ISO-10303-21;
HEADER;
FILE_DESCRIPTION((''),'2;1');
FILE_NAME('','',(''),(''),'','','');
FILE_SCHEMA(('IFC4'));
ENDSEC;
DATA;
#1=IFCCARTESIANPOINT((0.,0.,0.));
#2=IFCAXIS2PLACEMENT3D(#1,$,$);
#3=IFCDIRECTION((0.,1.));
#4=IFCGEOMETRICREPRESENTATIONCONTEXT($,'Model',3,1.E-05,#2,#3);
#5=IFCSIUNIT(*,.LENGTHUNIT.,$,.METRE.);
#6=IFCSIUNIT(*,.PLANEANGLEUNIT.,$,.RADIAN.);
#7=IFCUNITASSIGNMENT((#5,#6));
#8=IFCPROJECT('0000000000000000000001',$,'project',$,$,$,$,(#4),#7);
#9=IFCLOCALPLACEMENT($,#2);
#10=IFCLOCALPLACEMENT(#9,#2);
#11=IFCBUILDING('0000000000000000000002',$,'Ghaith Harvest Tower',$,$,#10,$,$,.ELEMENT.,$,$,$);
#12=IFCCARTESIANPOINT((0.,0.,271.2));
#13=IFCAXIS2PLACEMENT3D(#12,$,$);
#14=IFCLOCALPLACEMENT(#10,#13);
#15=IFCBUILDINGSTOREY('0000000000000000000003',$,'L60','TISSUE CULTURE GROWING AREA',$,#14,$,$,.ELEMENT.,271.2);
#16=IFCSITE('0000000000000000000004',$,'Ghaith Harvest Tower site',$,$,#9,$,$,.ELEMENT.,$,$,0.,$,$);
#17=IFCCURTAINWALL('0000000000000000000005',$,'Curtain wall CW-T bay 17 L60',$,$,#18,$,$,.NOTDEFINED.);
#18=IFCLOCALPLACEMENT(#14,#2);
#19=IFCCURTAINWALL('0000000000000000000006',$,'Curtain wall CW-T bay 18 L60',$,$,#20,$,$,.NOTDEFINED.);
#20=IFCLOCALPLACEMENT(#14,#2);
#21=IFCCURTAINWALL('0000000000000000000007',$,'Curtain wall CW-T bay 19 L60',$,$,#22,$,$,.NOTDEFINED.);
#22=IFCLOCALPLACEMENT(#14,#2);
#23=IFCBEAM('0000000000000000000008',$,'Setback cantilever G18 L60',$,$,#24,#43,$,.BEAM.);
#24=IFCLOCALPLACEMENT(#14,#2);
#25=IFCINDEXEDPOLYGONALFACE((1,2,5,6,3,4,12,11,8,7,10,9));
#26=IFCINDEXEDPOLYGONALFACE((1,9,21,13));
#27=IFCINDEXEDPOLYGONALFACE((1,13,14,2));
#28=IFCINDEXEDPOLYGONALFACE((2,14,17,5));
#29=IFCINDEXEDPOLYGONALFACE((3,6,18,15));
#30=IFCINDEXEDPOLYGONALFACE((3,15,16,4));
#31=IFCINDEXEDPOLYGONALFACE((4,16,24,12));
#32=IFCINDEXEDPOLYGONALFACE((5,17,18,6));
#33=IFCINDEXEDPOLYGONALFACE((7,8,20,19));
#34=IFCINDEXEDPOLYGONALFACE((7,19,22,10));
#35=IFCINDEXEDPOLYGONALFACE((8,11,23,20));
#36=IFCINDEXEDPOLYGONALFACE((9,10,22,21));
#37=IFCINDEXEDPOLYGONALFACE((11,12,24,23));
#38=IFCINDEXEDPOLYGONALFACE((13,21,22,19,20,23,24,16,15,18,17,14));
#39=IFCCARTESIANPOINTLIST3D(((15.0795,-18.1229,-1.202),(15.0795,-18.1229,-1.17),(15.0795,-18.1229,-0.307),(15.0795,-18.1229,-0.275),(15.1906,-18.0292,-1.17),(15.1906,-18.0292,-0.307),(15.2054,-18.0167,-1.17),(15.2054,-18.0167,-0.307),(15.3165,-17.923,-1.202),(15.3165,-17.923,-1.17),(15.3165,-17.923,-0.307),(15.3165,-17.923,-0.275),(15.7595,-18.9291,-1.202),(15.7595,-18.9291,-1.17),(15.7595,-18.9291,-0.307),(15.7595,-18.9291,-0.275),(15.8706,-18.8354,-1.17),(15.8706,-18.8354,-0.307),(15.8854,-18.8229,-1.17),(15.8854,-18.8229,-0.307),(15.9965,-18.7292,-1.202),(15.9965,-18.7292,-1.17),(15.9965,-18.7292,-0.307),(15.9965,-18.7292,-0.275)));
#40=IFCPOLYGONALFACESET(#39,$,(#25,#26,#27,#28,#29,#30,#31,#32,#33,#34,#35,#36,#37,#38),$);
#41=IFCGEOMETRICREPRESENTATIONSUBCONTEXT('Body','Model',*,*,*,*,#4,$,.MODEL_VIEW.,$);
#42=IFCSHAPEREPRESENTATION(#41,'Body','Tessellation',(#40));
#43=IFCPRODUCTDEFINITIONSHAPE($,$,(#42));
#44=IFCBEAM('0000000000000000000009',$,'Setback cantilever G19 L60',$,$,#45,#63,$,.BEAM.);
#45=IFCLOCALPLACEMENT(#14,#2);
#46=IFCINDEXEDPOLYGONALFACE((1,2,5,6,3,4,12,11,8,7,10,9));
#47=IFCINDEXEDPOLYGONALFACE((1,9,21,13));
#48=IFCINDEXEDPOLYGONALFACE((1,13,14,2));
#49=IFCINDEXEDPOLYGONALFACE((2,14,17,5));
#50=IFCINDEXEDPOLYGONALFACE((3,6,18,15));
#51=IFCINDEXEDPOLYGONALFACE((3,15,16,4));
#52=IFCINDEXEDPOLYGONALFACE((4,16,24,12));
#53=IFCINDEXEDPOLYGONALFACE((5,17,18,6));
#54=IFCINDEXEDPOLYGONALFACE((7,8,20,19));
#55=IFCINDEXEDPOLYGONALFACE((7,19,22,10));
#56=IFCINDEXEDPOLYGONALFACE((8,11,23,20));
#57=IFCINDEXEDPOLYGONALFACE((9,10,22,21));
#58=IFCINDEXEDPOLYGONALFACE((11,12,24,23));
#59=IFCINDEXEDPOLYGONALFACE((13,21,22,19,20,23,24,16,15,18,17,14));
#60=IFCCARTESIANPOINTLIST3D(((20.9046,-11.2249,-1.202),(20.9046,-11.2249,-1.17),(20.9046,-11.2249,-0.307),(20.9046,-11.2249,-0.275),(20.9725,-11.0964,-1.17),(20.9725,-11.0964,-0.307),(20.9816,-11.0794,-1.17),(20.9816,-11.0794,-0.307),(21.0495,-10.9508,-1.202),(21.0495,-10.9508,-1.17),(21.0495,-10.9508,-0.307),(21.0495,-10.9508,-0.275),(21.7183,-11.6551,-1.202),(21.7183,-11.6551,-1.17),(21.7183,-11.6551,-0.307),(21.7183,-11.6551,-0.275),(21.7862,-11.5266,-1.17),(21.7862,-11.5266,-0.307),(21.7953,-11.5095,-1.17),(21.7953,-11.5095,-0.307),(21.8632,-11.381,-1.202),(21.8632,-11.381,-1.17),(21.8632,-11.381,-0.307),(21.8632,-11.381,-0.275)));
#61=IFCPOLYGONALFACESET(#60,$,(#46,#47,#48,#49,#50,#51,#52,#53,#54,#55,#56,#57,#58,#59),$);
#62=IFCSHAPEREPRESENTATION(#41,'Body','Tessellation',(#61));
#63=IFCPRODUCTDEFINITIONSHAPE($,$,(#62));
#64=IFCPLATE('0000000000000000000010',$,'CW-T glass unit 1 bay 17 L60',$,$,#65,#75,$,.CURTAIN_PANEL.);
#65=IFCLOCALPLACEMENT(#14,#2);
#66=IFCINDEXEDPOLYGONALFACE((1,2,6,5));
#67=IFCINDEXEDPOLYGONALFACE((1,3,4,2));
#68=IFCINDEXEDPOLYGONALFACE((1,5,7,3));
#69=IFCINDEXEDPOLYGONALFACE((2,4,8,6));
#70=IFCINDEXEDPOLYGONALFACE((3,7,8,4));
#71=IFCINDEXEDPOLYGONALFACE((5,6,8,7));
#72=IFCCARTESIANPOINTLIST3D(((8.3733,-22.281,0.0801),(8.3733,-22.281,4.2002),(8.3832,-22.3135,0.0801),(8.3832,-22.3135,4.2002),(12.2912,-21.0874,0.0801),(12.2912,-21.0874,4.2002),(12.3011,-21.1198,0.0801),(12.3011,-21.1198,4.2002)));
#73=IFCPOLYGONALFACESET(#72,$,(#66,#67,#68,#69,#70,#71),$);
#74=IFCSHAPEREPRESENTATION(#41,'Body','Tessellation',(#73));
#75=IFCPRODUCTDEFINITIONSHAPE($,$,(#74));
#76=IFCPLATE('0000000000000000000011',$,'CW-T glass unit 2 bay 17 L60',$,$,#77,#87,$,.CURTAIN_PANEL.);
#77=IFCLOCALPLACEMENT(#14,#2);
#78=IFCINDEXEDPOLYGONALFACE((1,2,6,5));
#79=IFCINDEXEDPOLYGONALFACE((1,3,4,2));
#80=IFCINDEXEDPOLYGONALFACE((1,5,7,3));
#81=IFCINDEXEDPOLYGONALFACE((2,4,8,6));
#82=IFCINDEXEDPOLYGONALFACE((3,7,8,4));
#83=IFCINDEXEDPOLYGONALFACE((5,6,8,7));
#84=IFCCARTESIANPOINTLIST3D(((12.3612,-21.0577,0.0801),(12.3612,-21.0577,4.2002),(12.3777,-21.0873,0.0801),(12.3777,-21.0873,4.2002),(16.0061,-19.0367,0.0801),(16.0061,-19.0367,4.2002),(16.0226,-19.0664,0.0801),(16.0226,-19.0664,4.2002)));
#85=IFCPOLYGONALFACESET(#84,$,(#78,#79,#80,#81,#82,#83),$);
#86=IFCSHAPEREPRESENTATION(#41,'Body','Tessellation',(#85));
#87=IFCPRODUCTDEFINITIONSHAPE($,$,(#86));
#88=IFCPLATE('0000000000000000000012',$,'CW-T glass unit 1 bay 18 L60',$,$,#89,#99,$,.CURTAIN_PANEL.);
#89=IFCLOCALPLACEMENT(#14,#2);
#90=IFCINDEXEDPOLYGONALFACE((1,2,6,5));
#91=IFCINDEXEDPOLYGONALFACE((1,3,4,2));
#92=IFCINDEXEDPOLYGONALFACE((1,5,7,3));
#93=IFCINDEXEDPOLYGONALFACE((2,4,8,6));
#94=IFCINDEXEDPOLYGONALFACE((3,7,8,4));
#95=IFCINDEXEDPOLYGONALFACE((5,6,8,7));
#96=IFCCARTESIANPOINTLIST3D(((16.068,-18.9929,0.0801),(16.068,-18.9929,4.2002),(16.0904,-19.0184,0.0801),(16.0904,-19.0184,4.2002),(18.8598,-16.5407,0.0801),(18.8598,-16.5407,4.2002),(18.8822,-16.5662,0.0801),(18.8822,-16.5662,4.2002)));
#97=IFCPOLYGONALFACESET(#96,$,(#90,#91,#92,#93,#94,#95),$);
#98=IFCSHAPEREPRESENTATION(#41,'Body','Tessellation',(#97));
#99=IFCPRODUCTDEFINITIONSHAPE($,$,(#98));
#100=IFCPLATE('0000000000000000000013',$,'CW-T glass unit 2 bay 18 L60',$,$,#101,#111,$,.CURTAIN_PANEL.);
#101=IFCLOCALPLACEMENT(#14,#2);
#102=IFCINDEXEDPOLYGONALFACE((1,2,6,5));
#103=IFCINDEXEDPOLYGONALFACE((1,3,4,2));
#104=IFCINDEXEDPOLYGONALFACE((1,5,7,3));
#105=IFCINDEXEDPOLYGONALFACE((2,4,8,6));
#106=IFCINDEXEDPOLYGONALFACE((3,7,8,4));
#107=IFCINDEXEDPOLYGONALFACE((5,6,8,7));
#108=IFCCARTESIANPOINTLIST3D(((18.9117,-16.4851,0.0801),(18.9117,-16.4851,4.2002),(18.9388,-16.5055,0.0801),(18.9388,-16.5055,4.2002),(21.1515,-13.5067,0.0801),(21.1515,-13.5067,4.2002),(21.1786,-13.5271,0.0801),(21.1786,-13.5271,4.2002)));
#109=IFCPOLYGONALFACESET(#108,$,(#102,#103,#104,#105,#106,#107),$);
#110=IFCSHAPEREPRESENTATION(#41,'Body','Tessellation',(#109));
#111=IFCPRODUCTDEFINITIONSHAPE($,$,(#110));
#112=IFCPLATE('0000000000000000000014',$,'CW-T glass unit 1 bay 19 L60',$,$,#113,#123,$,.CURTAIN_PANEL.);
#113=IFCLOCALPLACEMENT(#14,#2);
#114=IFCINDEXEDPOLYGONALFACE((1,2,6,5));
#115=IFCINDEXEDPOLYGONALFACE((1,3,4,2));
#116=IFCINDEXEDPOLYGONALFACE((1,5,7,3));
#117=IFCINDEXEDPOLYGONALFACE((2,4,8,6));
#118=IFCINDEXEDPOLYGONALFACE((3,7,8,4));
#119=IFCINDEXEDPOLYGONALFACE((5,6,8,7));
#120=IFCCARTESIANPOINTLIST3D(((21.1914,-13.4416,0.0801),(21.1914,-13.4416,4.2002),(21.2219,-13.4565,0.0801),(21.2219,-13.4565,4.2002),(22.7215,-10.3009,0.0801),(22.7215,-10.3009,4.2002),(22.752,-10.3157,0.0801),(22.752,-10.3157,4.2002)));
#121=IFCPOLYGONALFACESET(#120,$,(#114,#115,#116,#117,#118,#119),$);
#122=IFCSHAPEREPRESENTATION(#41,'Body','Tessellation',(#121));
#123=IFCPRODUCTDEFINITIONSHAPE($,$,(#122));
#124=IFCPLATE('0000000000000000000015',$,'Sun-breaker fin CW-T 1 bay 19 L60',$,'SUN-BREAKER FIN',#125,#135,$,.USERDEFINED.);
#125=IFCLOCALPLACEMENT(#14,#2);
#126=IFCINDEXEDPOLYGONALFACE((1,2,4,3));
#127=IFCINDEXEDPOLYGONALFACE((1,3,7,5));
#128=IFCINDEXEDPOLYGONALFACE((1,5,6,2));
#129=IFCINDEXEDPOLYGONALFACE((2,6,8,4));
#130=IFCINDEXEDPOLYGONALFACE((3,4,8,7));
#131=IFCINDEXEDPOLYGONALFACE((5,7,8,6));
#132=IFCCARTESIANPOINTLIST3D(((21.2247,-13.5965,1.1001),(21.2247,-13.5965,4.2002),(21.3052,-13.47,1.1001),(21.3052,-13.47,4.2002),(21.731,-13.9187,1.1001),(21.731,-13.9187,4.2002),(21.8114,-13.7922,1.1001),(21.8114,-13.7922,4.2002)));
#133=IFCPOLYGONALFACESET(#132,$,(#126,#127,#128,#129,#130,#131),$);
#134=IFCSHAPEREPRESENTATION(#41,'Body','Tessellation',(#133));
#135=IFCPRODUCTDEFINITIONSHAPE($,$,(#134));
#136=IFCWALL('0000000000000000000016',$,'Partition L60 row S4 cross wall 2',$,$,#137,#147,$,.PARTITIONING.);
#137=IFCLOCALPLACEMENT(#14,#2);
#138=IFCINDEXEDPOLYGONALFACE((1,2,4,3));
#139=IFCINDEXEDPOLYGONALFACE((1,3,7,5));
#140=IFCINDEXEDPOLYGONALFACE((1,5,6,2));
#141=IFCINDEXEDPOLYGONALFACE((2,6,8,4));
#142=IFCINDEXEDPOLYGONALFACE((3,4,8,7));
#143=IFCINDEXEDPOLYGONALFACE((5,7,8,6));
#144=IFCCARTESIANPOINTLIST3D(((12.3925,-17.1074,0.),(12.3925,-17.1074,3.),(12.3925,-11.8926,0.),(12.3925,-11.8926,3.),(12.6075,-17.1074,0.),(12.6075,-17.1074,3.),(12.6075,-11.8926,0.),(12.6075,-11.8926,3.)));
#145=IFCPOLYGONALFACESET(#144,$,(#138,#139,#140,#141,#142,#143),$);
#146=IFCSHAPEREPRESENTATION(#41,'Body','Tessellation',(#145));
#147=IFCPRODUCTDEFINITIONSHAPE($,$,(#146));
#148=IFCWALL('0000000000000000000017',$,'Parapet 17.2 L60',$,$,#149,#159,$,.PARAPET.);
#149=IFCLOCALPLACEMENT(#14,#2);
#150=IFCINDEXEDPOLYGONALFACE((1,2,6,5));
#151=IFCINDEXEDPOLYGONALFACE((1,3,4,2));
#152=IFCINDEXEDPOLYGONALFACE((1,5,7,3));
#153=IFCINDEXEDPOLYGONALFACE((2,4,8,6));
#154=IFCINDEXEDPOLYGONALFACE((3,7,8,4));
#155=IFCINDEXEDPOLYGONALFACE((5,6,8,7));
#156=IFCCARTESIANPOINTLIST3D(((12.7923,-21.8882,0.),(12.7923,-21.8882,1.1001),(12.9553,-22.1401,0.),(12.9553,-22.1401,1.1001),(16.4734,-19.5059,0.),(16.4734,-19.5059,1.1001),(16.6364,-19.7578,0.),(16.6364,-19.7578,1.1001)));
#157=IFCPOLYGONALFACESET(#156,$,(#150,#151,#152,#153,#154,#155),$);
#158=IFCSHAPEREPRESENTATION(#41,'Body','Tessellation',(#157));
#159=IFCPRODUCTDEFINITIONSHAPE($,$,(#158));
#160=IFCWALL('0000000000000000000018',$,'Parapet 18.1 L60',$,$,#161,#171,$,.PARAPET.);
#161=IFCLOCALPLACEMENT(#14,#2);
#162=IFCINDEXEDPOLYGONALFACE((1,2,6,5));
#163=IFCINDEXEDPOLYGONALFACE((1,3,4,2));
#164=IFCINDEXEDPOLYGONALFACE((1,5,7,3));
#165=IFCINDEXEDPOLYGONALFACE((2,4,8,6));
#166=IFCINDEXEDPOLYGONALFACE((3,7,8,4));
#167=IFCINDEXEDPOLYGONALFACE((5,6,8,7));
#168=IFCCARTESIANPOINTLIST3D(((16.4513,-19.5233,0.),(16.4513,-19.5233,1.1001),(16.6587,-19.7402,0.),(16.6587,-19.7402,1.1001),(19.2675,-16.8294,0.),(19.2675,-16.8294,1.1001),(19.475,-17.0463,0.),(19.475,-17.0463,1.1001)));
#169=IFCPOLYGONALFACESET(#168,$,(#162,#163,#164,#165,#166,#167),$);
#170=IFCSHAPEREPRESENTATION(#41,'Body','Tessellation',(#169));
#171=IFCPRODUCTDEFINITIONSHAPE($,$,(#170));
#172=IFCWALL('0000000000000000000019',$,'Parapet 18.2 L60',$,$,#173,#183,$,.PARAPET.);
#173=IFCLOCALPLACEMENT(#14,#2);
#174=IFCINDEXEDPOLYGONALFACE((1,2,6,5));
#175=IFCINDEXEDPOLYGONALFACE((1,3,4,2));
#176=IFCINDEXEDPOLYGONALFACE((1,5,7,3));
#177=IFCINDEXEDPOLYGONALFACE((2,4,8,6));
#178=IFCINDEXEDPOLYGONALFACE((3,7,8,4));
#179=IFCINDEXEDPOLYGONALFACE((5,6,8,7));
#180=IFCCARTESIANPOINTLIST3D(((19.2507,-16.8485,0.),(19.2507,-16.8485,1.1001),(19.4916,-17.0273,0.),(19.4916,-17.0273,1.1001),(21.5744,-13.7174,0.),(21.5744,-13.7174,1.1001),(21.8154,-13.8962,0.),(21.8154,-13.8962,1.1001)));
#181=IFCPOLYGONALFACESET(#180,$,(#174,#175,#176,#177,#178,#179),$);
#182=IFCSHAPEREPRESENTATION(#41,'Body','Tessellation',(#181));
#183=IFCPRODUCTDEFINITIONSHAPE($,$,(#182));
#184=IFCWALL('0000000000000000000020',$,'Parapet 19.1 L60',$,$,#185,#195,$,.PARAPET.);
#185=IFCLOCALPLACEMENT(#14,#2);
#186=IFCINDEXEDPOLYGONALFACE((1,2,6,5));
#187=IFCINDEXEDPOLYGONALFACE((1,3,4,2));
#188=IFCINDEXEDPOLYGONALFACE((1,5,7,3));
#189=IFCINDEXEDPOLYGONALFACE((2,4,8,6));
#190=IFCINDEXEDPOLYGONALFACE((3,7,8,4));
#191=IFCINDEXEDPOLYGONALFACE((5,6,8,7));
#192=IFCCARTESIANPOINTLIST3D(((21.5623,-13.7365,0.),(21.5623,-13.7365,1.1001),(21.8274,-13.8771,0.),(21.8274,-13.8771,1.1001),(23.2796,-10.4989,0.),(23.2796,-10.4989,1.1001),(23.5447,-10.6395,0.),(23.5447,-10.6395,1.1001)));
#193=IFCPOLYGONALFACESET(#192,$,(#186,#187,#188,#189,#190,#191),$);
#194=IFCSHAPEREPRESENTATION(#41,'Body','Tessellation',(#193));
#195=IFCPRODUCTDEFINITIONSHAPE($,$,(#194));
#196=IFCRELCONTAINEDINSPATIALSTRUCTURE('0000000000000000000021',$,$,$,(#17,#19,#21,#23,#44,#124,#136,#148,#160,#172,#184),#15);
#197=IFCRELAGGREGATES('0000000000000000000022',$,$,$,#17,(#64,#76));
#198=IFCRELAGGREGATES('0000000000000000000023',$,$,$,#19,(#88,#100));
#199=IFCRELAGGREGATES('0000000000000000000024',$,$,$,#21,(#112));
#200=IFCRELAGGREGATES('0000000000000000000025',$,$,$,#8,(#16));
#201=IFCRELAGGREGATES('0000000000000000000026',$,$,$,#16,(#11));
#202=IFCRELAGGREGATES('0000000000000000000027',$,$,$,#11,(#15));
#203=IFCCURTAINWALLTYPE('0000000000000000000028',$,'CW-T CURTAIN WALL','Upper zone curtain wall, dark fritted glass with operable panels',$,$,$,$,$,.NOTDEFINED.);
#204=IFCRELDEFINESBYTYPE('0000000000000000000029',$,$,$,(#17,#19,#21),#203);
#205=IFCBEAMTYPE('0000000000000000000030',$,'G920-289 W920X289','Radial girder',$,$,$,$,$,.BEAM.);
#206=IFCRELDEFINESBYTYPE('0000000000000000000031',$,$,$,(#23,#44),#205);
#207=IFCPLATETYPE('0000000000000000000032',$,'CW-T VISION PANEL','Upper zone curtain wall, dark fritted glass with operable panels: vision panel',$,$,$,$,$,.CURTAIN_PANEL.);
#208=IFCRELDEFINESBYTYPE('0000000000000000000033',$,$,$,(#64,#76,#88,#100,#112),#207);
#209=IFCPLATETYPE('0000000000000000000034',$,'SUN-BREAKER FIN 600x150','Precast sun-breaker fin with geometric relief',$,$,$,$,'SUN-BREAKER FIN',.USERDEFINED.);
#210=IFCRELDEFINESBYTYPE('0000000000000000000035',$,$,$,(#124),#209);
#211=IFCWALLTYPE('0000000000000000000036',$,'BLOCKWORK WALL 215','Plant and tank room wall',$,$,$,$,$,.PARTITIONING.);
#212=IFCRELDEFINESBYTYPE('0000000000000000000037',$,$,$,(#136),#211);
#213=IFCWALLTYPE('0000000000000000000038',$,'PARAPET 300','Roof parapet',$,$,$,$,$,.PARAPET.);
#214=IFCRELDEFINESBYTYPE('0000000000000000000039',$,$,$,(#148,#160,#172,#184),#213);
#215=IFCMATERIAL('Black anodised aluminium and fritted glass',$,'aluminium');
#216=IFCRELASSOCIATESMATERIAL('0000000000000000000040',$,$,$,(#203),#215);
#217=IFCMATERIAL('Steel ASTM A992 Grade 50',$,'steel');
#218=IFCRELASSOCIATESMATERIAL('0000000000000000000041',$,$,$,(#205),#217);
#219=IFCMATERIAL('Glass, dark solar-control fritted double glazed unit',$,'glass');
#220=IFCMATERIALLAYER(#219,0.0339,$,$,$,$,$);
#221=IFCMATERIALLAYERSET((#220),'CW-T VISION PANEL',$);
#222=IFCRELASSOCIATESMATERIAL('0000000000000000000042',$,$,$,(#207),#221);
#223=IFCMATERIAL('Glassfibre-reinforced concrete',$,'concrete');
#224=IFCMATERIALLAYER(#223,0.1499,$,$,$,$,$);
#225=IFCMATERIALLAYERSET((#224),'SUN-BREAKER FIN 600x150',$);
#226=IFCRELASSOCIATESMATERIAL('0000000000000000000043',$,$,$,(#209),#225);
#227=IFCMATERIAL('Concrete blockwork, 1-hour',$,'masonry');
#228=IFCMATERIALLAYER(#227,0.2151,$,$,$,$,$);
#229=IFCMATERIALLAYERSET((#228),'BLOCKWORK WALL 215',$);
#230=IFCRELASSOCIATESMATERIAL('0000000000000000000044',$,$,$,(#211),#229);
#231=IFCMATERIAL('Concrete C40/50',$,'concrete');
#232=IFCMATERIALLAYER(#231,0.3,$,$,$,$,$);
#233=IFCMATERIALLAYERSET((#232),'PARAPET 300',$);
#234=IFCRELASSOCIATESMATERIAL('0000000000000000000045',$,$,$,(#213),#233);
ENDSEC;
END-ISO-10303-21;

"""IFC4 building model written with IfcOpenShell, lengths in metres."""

from ifc_helpers import new_model, si_unit, direction, frame, frame_2d, origin, origin_2d, place, context, subcontext, project, spatial, rectangle, i_section, extrude, material, layer, layer_set, material_profile, profile_set, type_object, element, aggregate, save


model = new_model("IFC4")

# Units and contexts
model_context = context("Model", 3, precision=1e-05, world=origin(), true_north=direction((0.0, 1.0)))
body_context = subcontext(model_context, "Body", "Model", "MODEL_VIEW")
ifc_project = project(units=[si_unit("LENGTHUNIT", "METRE"), si_unit("PLANEANGLEUNIT", "RADIAN")], contexts=[model_context])

# Site, building, storey
site_placement = place(None, origin())
site = spatial("IfcSite", under=ifc_project, at=site_placement, Name="Ghaith Harvest Tower site", CompositionType="ELEMENT", RefElevation=0.0)
building_placement = place(site_placement, origin())
building = spatial("IfcBuilding", under=site, at=building_placement, Name="Ghaith Harvest Tower", CompositionType="ELEMENT")
storey_placement = place(building_placement, frame((0.0, 0.0, 271.2)))
storey = spatial("IfcBuildingStorey", under=building, at=storey_placement, Name="L60", Description="TISSUE CULTURE GROWING AREA", CompositionType="ELEMENT", Elevation=271.2)

# Curtain wall
ifc_material_1 = material(Name="Black anodised aluminium and fritted glass", Category="aluminium")
curtain_wall_type = type_object("IfcCurtainWallType", Name="CW-T CURTAIN WALL", Description="Upper zone curtain wall, dark fritted glass with operable panels", PredefinedType="NOTDEFINED", material=ifc_material_1)
curtain_wall_1_placement = place(storey_placement, origin())
curtain_wall_1 = element("IfcCurtainWall", 1, at=curtain_wall_1_placement, inside=storey, type_object=curtain_wall_type, Name="Curtain wall CW-T bay 17 L60", PredefinedType="NOTDEFINED")

# Curtain wall
curtain_wall_2_placement = place(storey_placement, origin())
curtain_wall_2 = element("IfcCurtainWall", 2, at=curtain_wall_2_placement, inside=storey, type_object=curtain_wall_type, Name="Curtain wall CW-T bay 18 L60", PredefinedType="NOTDEFINED")

# Curtain wall
curtain_wall_3_placement = place(storey_placement, origin())
curtain_wall_3 = element("IfcCurtainWall", 3, at=curtain_wall_3_placement, inside=storey, type_object=curtain_wall_type, Name="Curtain wall CW-T bay 19 L60", PredefinedType="NOTDEFINED")

# Beams
ifc_material_2 = material(Name="Steel ASTM A992 Grade 50", Category="steel")
ifc_material_profile_1 = material_profile(ifc_material_2, i_section(OverallWidth=0.3101, OverallDepth=0.927, WebThickness=0.0193, FlangeThickness=0.032, at=origin_2d()), Name="W920X289")
ifc_profile_set_1 = profile_set([ifc_material_profile_1], Name="Steel ASTM A992 Grade 50")
beam_type_1 = type_object("IfcBeamType", Name="G920-289 W920X289", Description="Radial girder", PredefinedType="BEAM", material=ifc_profile_set_1)
beam_1_placement = place(storey_placement, frame((15.198, -18.0229, -0.7385), z_axis=(0.644727, -0.764413, 0.0), x_axis=(0.764413, 0.644727, 0.0)))
element("IfcBeam", 4, at=beam_1_placement, inside=storey, type_object=beam_type_1, Name="Setback cantilever G18 L60", PredefinedType="BEAM", context=body_context, shape_type="SweptSolid", body=[
    extrude(i_section(OverallWidth=0.3101, OverallDepth=0.927, WebThickness=0.0193, FlangeThickness=0.032, at=origin_2d()), origin(), (0.0, 0.0, 1.0), 1.0547),
])
beam_2_placement = place(storey_placement, frame((20.9771, -11.0879, -0.7385), z_axis=(0.884065, -0.467364, 0.0), x_axis=(0.467364, 0.884065, 0.0)))
element("IfcBeam", 5, at=beam_2_placement, inside=storey, type_object=beam_type_1, Name="Setback cantilever G19 L60", PredefinedType="BEAM", context=body_context, shape_type="SweptSolid", body=[
    extrude(i_section(OverallWidth=0.3101, OverallDepth=0.927, WebThickness=0.0193, FlangeThickness=0.032, at=origin_2d()), origin(), (0.0, 0.0, 1.0), 0.9204),
])

# Plates
ifc_material_3 = material(Name="Glass, dark solar-control fritted double glazed unit", Category="glass")
ifc_layer_1 = layer(ifc_material_3, 0.0339)
ifc_layer_set_1 = layer_set([ifc_layer_1], Name="CW-T VISION PANEL")
plate_type_1 = type_object("IfcPlateType", Name="CW-T VISION PANEL", Description="Upper zone curtain wall, dark fritted glass with operable panels: vision panel", PredefinedType="CURTAIN_PANEL", material=ifc_layer_set_1)
plate_1_placement = place(storey_placement, frame((10.3372, -21.7004, 0.0801), z_axis=(0.0, 0.0, 1.0), x_axis=(0.956588, 0.291445, 0.0)))
plate_1 = element("IfcPlate", 6, at=plate_1_placement, type_object=plate_type_1, Name="CW-T glass unit 1 bay 17 L60", PredefinedType="CURTAIN_PANEL", context=body_context, shape_type="SweptSolid", body=[
    extrude(rectangle(XDim=4.0957, YDim=0.0339, at=origin_2d()), origin(), (0.0, 0.0, 1.0), 4.1201),
])
plate_2_placement = place(storey_placement, frame((14.1919, -20.062, 0.0801), z_axis=(0.0, 0.0, 1.0), x_axis=(0.874564, 0.48491, 0.0)))
plate_2 = element("IfcPlate", 7, at=plate_2_placement, type_object=plate_type_1, Name="CW-T glass unit 2 bay 17 L60", PredefinedType="CURTAIN_PANEL", context=body_context, shape_type="SweptSolid", body=[
    extrude(rectangle(XDim=4.1677, YDim=0.0339, at=origin_2d()), origin(), (0.0, 0.0, 1.0), 4.1201),
])
aggregate(curtain_wall_1, [plate_1, plate_2])
plate_3_placement = place(storey_placement, frame((17.4751, -17.7795, 0.0801), z_axis=(0.0, 0.0, 1.0), x_axis=(0.751335, 0.659922, 0.0)))
plate_3 = element("IfcPlate", 8, at=plate_3_placement, type_object=plate_type_1, Name="CW-T glass unit 1 bay 18 L60", PredefinedType="CURTAIN_PANEL", context=body_context, shape_type="SweptSolid", body=[
    extrude(rectangle(XDim=3.7158, YDim=0.0339, at=origin_2d()), origin(), (0.0, 0.0, 1.0), 4.1201),
])
plate_4_placement = place(storey_placement, frame((20.0452, -15.0061, 0.0801), z_axis=(0.0, 0.0, 1.0), x_axis=(0.601048, 0.799213, 0.0)))
plate_4 = element("IfcPlate", 9, at=plate_4_placement, type_object=plate_type_1, Name="CW-T glass unit 2 bay 18 L60", PredefinedType="CURTAIN_PANEL", context=body_context, shape_type="SweptSolid", body=[
    extrude(rectangle(XDim=3.7266, YDim=0.0339, at=origin_2d()), origin(), (0.0, 0.0, 1.0), 4.1201),
])
aggregate(curtain_wall_2, [plate_3, plate_4])
plate_5_placement = place(storey_placement, frame((21.9717, -11.8787, 0.0801), z_axis=(0.0, 0.0, 1.0), x_axis=(0.437968, 0.89899, 0.0)))
plate_5 = element("IfcPlate", 10, at=plate_5_placement, type_object=plate_type_1, Name="CW-T glass unit 1 bay 19 L60", PredefinedType="CURTAIN_PANEL", context=body_context, shape_type="SweptSolid", body=[
    extrude(rectangle(XDim=3.4937, YDim=0.0339, at=origin_2d()), origin(), (0.0, 0.0, 1.0), 4.1201),
])
aggregate(curtain_wall_3, [plate_5])
ifc_material_4 = material(Name="Glassfibre-reinforced concrete", Category="concrete")
ifc_layer_2 = layer(ifc_material_4, 0.1499)
ifc_layer_set_2 = layer_set([ifc_layer_2], Name="SUN-BREAKER FIN 600x150")
plate_type_2 = type_object("IfcPlateType", Name="SUN-BREAKER FIN 600x150", Description="Precast sun-breaker fin with geometric relief", ElementType="SUN-BREAKER FIN", PredefinedType="USERDEFINED", material=ifc_layer_set_2)
plate_6_placement = place(storey_placement, frame((21.5181, -13.6943, 1.1001), z_axis=(0.0, 0.0, 1.0), x_axis=(0.843644, -0.536903, 0.0)))
element("IfcPlate", 11, at=plate_6_placement, inside=storey, type_object=plate_type_2, Name="Sun-breaker fin CW-T 1 bay 19 L60", ObjectType="SUN-BREAKER FIN", PredefinedType="USERDEFINED", context=body_context, shape_type="SweptSolid", body=[
    extrude(rectangle(XDim=0.6001, YDim=0.1499, at=origin_2d()), origin(), (0.0, 0.0, 1.0), 3.1001),
])

# Walls
ifc_material_5 = material(Name="Concrete blockwork, 1-hour", Category="masonry")
ifc_layer_3 = layer(ifc_material_5, 0.2151)
ifc_layer_set_3 = layer_set([ifc_layer_3], Name="BLOCKWORK WALL 215")
wall_type_1 = type_object("IfcWallType", Name="BLOCKWORK WALL 215", Description="Plant and tank room wall", PredefinedType="PARTITIONING", material=ifc_layer_set_3)
wall_1_placement = place(storey_placement, frame((12.5, -11.8926, 0.0), z_axis=(0.0, 0.0, 1.0), x_axis=(0.0, -1.0, 0.0)))
element("IfcWall", 12, at=wall_1_placement, inside=storey, type_object=wall_type_1, Name="Partition L60 row S4 cross wall 2", PredefinedType="PARTITIONING", context=body_context, shape_type="SweptSolid", body=[
    extrude(rectangle(XDim=5.2148, YDim=0.2151, at=frame_2d((2.6074, 0.0))), origin(), (0.0, 0.0, 1.0), 3.0),
])
ifc_material_6 = material(Name="Concrete C40/50", Category="concrete")
ifc_layer_4 = layer(ifc_material_6, 0.3)
ifc_layer_set_4 = layer_set([ifc_layer_4], Name="PARAPET 300")
wall_type_2 = type_object("IfcWallType", Name="PARAPET 300", Description="Roof parapet", PredefinedType="PARAPET", material=ifc_layer_set_4)
wall_2_placement = place(storey_placement, frame((12.8738, -22.0142, 0.0), z_axis=(0.0, 0.0, 1.0), x_axis=(0.839528, 0.543316, 0.0)))
element("IfcWall", 13, at=wall_2_placement, inside=storey, type_object=wall_type_2, Name="Parapet 17.2 L60", PredefinedType="PARAPET", context=body_context, shape_type="SweptSolid", body=[
    extrude(rectangle(XDim=4.3848, YDim=0.3, at=frame_2d((2.1924, 0.0))), origin(), (0.0, 0.0, 1.0), 1.1001),
])
wall_3_placement = place(storey_placement, frame((16.5549, -19.6318, 0.0), z_axis=(0.0, 0.0, 1.0), x_axis=(0.722626, 0.69124, 0.0)))
element("IfcWall", 14, at=wall_3_placement, inside=storey, type_object=wall_type_2, Name="Parapet 18.1 L60", PredefinedType="PARAPET", context=body_context, shape_type="SweptSolid", body=[
    extrude(rectangle(XDim=3.8972, YDim=0.3, at=frame_2d((1.9487, 0.0))), origin(), (0.0, 0.0, 1.0), 1.1001),
])
wall_4_placement = place(storey_placement, frame((19.3711, -16.938, 0.0), z_axis=(0.0, 0.0, 1.0), x_axis=(0.595955, 0.803018, 0.0)))
element("IfcWall", 15, at=wall_4_placement, inside=storey, type_object=wall_type_2, Name="Parapet 18.2 L60", PredefinedType="PARAPET", context=body_context, shape_type="SweptSolid", body=[
    extrude(rectangle(XDim=3.8992, YDim=0.3, at=frame_2d((1.9497, 0.0))), origin(), (0.0, 0.0, 1.0), 1.1001),
])
wall_5_placement = place(storey_placement, frame((21.6948, -13.8069, 0.0), z_axis=(0.0, 0.0, 1.0), x_axis=(0.468588, 0.883417, 0.0)))
element("IfcWall", 16, at=wall_5_placement, inside=storey, type_object=wall_type_2, Name="Parapet 19.1 L60", PredefinedType="PARAPET", context=body_context, shape_type="SweptSolid", body=[
    extrude(rectangle(XDim=3.6648, YDim=0.3, at=frame_2d((1.8325, 0.0))), origin(), (0.0, 0.0, 1.0), 1.1001),
])

save(model, "model.ifc")
